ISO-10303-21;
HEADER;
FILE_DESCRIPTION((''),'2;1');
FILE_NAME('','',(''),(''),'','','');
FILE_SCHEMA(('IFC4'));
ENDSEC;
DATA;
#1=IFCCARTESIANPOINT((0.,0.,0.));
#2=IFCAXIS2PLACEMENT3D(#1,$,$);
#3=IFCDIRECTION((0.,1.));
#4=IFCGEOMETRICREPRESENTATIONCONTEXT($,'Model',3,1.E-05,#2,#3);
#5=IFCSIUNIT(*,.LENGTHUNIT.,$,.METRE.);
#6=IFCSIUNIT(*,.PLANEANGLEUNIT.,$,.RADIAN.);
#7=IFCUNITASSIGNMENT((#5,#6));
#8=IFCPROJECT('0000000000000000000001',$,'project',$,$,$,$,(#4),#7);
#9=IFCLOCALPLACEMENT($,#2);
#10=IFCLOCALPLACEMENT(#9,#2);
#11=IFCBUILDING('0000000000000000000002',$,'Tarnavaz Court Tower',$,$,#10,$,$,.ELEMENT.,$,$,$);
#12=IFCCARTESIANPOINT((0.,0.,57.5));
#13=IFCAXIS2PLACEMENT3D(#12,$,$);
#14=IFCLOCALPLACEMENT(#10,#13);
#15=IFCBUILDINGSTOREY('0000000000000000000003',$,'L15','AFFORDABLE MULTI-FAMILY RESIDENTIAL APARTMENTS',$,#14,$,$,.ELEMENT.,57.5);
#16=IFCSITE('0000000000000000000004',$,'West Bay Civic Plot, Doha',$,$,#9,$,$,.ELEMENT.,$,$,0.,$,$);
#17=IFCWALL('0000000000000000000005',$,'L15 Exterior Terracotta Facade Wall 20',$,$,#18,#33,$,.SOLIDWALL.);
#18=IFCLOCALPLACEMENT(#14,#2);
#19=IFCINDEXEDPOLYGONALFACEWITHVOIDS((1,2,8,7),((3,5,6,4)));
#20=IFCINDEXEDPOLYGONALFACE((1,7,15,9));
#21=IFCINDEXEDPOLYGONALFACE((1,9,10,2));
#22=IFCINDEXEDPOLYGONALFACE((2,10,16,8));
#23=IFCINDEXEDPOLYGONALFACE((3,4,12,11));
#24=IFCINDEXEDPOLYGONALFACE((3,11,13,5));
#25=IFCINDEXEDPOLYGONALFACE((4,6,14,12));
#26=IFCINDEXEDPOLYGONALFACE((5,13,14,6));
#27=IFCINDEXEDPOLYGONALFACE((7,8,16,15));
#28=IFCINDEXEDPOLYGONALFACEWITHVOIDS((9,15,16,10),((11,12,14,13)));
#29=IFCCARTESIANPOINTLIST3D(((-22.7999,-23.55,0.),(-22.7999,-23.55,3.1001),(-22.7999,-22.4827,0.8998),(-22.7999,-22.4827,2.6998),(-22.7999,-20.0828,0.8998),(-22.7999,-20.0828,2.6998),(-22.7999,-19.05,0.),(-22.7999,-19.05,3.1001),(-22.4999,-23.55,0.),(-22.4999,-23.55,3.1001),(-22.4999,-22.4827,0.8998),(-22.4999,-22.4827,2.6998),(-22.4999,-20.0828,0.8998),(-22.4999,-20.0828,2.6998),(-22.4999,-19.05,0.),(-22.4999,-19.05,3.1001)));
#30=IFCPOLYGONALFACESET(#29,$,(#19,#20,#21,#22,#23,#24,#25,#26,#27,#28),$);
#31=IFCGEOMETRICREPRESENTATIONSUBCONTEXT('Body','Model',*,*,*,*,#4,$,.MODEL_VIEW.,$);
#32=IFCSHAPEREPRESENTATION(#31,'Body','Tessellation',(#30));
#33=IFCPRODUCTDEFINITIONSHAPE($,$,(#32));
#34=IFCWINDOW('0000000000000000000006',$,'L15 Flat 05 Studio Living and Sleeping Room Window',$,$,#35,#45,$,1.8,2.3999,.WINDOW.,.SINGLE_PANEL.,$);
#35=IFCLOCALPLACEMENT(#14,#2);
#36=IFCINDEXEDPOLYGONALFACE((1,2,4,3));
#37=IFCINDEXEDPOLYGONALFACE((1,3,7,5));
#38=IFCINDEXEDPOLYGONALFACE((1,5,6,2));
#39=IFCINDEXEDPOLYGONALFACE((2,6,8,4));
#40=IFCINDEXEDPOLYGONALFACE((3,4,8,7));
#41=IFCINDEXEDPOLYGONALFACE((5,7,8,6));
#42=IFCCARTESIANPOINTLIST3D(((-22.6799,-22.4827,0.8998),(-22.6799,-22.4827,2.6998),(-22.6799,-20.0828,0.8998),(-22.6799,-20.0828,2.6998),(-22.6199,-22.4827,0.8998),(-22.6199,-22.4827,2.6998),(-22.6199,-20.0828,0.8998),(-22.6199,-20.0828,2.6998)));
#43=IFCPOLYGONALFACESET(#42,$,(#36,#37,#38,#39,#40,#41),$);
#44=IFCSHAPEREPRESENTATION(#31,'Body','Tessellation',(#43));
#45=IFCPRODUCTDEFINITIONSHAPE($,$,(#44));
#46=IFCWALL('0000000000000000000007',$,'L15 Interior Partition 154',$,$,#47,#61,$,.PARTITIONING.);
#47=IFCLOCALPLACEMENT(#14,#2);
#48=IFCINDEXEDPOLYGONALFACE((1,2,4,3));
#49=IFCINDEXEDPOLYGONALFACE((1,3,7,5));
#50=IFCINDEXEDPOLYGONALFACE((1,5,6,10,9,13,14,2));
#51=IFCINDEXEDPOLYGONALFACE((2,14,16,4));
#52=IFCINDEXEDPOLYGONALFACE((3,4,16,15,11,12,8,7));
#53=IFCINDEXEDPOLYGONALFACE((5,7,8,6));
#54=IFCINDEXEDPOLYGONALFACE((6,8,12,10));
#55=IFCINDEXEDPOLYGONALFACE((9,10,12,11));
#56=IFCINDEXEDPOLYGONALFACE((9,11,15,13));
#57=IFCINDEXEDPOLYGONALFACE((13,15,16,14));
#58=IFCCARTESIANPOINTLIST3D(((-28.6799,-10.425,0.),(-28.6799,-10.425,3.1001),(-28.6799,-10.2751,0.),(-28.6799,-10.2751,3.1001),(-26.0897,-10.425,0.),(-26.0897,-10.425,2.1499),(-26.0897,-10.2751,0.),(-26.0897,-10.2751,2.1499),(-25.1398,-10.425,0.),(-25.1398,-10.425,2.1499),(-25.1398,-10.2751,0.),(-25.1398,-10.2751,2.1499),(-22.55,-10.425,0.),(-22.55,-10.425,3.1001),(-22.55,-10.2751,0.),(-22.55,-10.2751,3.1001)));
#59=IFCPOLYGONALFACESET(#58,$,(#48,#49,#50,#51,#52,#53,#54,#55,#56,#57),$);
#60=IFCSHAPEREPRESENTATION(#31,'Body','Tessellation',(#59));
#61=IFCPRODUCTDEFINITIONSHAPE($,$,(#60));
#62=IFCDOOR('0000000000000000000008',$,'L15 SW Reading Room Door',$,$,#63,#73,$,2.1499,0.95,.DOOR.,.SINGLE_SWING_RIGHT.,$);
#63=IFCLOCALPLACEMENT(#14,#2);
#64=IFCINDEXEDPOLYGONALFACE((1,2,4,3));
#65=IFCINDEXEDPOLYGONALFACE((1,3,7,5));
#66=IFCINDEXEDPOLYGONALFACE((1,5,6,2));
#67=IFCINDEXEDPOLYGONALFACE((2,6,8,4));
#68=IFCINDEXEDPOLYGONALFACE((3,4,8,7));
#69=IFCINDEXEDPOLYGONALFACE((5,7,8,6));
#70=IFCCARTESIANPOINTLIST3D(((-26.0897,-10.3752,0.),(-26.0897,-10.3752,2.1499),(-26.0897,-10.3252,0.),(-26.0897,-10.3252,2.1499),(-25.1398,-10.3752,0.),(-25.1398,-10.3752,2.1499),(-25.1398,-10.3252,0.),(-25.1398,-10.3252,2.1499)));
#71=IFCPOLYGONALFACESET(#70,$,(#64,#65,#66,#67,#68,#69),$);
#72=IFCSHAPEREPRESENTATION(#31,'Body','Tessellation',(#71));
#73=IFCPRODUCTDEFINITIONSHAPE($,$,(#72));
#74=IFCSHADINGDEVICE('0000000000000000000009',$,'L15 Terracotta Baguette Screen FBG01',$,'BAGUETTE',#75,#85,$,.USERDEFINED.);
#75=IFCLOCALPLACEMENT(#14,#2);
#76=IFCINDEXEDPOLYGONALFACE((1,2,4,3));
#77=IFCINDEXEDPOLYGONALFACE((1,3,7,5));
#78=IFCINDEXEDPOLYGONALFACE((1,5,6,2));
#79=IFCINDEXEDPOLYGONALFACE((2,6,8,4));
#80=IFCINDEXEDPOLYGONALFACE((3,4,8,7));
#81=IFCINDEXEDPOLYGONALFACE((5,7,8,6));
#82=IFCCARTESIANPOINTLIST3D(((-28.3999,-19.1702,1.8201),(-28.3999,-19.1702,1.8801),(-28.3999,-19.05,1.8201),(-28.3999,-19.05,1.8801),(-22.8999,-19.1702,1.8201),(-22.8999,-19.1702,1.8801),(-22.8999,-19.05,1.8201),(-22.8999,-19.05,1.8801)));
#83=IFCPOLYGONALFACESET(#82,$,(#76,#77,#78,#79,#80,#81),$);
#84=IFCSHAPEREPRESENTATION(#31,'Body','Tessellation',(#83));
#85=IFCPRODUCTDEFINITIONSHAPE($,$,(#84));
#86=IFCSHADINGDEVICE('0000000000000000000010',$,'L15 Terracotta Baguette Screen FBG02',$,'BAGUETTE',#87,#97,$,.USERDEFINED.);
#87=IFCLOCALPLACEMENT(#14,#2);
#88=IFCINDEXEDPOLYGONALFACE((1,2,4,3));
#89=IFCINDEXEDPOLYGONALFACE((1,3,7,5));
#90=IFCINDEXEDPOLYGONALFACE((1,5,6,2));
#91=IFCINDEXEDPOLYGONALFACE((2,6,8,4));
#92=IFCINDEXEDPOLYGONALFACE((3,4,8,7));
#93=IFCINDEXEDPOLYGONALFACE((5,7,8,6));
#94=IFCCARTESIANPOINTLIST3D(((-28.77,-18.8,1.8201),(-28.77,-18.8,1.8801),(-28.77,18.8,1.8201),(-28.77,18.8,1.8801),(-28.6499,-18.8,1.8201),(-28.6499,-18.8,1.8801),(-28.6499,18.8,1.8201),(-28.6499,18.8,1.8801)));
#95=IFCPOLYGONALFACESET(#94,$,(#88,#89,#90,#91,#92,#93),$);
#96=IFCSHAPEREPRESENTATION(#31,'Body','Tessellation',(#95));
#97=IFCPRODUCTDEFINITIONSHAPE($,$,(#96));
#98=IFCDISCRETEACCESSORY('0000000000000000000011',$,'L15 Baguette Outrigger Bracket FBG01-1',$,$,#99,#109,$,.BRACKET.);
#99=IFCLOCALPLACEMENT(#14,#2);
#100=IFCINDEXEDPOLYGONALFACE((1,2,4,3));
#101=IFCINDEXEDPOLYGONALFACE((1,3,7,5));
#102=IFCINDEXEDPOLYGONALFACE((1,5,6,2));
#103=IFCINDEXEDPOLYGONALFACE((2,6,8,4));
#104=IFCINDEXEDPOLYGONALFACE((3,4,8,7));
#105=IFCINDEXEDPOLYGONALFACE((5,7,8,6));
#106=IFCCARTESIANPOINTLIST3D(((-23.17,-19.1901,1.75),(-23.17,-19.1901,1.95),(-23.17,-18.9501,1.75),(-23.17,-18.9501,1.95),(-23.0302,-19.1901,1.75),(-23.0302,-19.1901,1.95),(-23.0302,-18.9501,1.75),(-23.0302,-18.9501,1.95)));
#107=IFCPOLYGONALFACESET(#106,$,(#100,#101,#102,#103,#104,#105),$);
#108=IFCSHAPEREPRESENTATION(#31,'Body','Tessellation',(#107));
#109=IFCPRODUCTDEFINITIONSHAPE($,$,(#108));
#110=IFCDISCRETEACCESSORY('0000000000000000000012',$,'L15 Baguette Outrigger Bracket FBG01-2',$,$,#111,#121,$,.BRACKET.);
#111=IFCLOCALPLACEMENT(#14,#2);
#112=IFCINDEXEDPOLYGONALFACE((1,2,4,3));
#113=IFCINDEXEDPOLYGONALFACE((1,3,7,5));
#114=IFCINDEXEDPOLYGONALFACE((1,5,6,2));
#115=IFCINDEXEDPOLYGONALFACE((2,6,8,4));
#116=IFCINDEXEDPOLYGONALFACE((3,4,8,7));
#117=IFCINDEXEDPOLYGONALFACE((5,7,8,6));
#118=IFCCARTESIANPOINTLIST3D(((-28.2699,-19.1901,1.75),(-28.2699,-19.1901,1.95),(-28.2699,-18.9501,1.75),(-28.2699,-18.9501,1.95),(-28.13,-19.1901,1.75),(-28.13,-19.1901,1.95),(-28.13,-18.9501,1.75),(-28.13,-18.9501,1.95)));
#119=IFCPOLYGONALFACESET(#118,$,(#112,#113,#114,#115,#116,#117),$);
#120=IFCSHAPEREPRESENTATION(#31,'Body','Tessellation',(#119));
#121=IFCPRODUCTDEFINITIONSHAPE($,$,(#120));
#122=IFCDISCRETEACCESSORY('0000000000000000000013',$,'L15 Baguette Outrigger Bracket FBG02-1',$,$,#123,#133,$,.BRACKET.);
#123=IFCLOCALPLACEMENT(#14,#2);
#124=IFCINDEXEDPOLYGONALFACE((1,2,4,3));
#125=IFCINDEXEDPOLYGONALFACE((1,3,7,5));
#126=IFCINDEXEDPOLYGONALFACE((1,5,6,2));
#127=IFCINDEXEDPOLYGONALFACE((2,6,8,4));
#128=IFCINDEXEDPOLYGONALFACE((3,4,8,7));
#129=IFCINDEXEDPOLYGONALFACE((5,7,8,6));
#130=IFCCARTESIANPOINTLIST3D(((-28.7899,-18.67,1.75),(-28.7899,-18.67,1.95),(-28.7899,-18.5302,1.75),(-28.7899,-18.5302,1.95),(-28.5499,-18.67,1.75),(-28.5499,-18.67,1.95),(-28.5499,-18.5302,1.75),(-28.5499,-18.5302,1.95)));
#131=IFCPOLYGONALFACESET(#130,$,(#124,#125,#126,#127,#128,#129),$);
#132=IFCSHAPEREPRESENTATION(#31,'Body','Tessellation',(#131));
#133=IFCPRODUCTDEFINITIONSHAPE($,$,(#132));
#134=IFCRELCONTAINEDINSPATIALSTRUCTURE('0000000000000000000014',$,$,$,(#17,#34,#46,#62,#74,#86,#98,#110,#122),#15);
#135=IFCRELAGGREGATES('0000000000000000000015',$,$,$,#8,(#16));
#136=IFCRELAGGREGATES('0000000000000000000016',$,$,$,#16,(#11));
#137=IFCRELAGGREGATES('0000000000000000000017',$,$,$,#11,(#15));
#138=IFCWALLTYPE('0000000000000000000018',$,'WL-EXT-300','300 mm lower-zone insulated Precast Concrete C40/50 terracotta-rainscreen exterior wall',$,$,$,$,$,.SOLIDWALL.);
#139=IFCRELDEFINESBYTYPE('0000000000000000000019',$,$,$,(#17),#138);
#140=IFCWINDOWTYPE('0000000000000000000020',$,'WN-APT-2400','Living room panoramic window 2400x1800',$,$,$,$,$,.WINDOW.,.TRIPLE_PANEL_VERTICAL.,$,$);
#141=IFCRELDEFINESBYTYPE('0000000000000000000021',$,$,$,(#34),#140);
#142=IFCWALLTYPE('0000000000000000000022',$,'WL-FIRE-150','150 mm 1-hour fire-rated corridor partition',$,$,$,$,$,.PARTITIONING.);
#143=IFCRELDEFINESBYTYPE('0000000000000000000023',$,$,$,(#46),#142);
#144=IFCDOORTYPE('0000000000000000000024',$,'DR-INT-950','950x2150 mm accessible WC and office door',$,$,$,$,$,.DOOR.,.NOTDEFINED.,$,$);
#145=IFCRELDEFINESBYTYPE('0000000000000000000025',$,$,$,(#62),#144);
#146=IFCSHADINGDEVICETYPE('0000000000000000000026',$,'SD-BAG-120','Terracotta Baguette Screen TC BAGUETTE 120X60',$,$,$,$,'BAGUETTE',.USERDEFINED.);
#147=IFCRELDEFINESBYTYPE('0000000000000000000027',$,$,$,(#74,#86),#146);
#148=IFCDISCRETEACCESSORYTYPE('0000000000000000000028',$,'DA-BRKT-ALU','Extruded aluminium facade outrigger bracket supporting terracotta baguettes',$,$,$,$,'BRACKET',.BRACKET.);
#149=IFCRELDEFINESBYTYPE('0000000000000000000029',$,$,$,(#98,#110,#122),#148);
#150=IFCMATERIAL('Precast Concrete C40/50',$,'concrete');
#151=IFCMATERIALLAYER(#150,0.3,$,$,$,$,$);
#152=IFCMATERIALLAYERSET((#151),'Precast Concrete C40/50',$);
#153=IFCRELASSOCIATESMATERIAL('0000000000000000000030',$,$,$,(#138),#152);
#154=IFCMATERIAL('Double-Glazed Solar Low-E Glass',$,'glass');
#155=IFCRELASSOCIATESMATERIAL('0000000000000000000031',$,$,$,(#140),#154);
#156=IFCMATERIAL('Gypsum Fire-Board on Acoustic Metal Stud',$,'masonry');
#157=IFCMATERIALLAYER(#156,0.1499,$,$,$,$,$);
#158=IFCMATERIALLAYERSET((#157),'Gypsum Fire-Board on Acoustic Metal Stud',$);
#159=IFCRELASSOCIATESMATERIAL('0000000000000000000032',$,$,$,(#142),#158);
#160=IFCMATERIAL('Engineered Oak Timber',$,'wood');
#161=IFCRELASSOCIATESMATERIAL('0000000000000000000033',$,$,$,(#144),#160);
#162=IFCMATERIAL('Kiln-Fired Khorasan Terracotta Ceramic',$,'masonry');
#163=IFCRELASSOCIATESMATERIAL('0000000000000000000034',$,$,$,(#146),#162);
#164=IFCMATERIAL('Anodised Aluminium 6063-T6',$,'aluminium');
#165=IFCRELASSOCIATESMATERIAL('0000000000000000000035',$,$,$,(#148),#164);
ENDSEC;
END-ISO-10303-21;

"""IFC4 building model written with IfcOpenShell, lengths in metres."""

from ifc_helpers import new_model, si_unit, direction, frame, frame_2d, origin, origin_2d, place, context, subcontext, project, spatial, rectangle, extrude, material, layer, layer_set, material_profile, profile_set, type_object, element, fill, save


model = new_model("IFC4")

# Units and contexts
model_context = context("Model", 3, precision=1e-05, world=origin(), true_north=direction((0.0, 1.0)))
body_context = subcontext(model_context, "Body", "Model", "MODEL_VIEW")
ifc_project = project(units=[si_unit("LENGTHUNIT", "METRE"), si_unit("PLANEANGLEUNIT", "RADIAN")], contexts=[model_context])

# Site, building, storey
site_placement = place(None, origin())
site = spatial("IfcSite", under=ifc_project, at=site_placement, Name="West Bay Civic Plot, Doha", CompositionType="ELEMENT", RefElevation=0.0)
building_placement = place(site_placement, origin())
building = spatial("IfcBuilding", under=site, at=building_placement, Name="Tarnavaz Court Tower", CompositionType="ELEMENT")
storey_placement = place(building_placement, frame((0.0, 0.0, 57.5)))
storey = spatial("IfcBuildingStorey", under=building, at=storey_placement, Name="L15", Description="AFFORDABLE MULTI-FAMILY RESIDENTIAL APARTMENTS", CompositionType="ELEMENT", Elevation=57.5)

# Shared definitions
ifc_material_1 = material(Name="Precast Concrete C40/50", Category="concrete")
ifc_layer_1 = layer(ifc_material_1, 0.3)
ifc_layer_set_1 = layer_set([ifc_layer_1], Name="Precast Concrete C40/50")
wall_type_1 = type_object("IfcWallType", Name="WL-EXT-300", Description="300 mm lower-zone insulated Precast Concrete C40/50 terracotta-rainscreen exterior wall", PredefinedType="SOLIDWALL", material=ifc_layer_set_1)
ifc_material_2 = material(Name="Double-Glazed Solar Low-E Glass", Category="glass")
window_type_1 = type_object("IfcWindowType", Name="WN-APT-2400", Description="Living room panoramic window 2400x1800", PartitioningType="TRIPLE_PANEL_VERTICAL", PredefinedType="WINDOW", material=ifc_material_2)

# Wall, opening, window
wall_1_placement = place(storey_placement, frame((-22.6499, -23.55, 0.0), z_axis=(0.0, 0.0, 1.0), x_axis=(0.0, 1.0, 0.0)))
wall_1 = element("IfcWall", 1, at=wall_1_placement, inside=storey, type_object=wall_type_1, Name="L15 Exterior Terracotta Facade Wall 20", PredefinedType="SOLIDWALL", context=body_context, shape_type="SweptSolid", body=[
    extrude(rectangle(XDim=4.5, YDim=0.3, at=frame_2d((2.25, 0.0))), origin(), (0.0, 0.0, 1.0), 3.1001),
])
opening_1_placement = place(wall_1_placement, frame((1.0674, 0.0, 0.8999)))
opening_1 = element("IfcOpeningElement", 2, at=opening_1_placement, cuts=wall_1, PredefinedType="OPENING", context=body_context, shape_type="SweptSolid", body=[
    extrude(rectangle(XDim=2.3999, YDim=1.8, at=frame_2d((1.2, 0.8999))), frame((0.0, 0.1599, 0.0), z_axis=(0.0, -1.0, 0.0), x_axis=(1.0, 0.0, 0.0)), (0.0, 0.0, 1.0), 0.3201),
])
window_1_placement = place(opening_1_placement, origin())
window_1 = element("IfcWindow", 3, at=window_1_placement, inside=storey, type_object=window_type_1, Name="L15 Flat 05 Studio Living and Sleeping Room Window", OverallHeight=1.8, OverallWidth=2.3999, PartitioningType="SINGLE_PANEL", PredefinedType="WINDOW", context=body_context, shape_type="SweptSolid", body=[
    extrude(rectangle(XDim=2.3999, YDim=1.8, at=frame_2d((1.2, 0.8999))), frame((0.0, 0.03, 0.0), z_axis=(0.0, -1.0, 0.0), x_axis=(1.0, 0.0, 0.0)), (0.0, 0.0, 1.0), 0.0601),
])
fill(opening_1, window_1)

# Wall, opening, door
ifc_material_3 = material(Name="Gypsum Fire-Board on Acoustic Metal Stud", Category="masonry")
ifc_layer_2 = layer(ifc_material_3, 0.1499)
ifc_layer_set_2 = layer_set([ifc_layer_2], Name="Gypsum Fire-Board on Acoustic Metal Stud")
wall_type_2 = type_object("IfcWallType", Name="WL-FIRE-150", Description="150 mm 1-hour fire-rated corridor partition", PredefinedType="PARTITIONING", material=ifc_layer_set_2)
wall_2_placement = place(storey_placement, frame((-28.6799, -10.3501, 0.0), z_axis=(0.0, 0.0, 1.0), x_axis=(1.0, 0.0, 0.0)))
wall_2 = element("IfcWall", 4, at=wall_2_placement, inside=storey, type_object=wall_type_2, Name="L15 Interior Partition 154", PredefinedType="PARTITIONING", context=body_context, shape_type="SweptSolid", body=[
    extrude(rectangle(XDim=6.1299, YDim=0.1499, at=frame_2d((3.0649, 0.0))), origin(), (0.0, 0.0, 1.0), 3.1001),
])
opening_2_placement = place(wall_2_placement, frame((2.5901, 0.0, 0.0)))
opening_2 = element("IfcOpeningElement", 5, at=opening_2_placement, cuts=wall_2, PredefinedType="OPENING", context=body_context, shape_type="SweptSolid", body=[
    extrude(rectangle(XDim=0.95, YDim=2.1499, at=frame_2d((0.4751, 1.075))), frame((0.0, 0.085, 0.0), z_axis=(0.0, -1.0, 0.0), x_axis=(1.0, 0.0, 0.0)), (0.0, 0.0, 1.0), 0.1699),
])
ifc_material_4 = material(Name="Engineered Oak Timber", Category="wood")
door_type = type_object("IfcDoorType", Name="DR-INT-950", Description="950x2150 mm accessible WC and office door", OperationType="NOTDEFINED", PredefinedType="DOOR", material=ifc_material_4)
door_placement = place(opening_2_placement, origin())
door = element("IfcDoor", 6, at=door_placement, inside=storey, type_object=door_type, Name="L15 SW Reading Room Door", OperationType="SINGLE_SWING_RIGHT", OverallHeight=2.1499, OverallWidth=0.95, PredefinedType="DOOR", context=body_context, shape_type="SweptSolid", body=[
    extrude(rectangle(XDim=0.95, YDim=2.1499, at=frame_2d((0.4751, 1.075))), frame((0.0, 0.0249, 0.0), z_axis=(0.0, -1.0, 0.0), x_axis=(1.0, 0.0, 0.0)), (0.0, 0.0, 1.0), 0.05),
])
fill(opening_2, door)

# Shading devices
ifc_material_5 = material(Name="Kiln-Fired Khorasan Terracotta Ceramic", Category="masonry")
ifc_material_profile_1 = material_profile(ifc_material_5, rectangle(XDim=0.1201, YDim=0.0601, at=origin_2d()), Name="TC BAGUETTE 120X60")
ifc_profile_set_1 = profile_set([ifc_material_profile_1], Name="Kiln-Fired Khorasan Terracotta Ceramic")
shading_device_type = type_object("IfcShadingDeviceType", Name="SD-BAG-120", Description="Terracotta Baguette Screen TC BAGUETTE 120X60", ElementType="BAGUETTE", PredefinedType="USERDEFINED", material=ifc_profile_set_1)
shading_device_1_placement = place(storey_placement, frame((-22.8999, -19.1101, 1.8501), z_axis=(-1.0, 0.0, 0.0), x_axis=(0.0, -1.0, 0.0)))
element("IfcShadingDevice", 7, at=shading_device_1_placement, inside=storey, type_object=shading_device_type, Name="L15 Terracotta Baguette Screen FBG01", ObjectType="BAGUETTE", PredefinedType="USERDEFINED", context=body_context, shape_type="SweptSolid", body=[
    extrude(rectangle(XDim=0.1201, YDim=0.0601, at=origin_2d()), origin(), (0.0, 0.0, 1.0), 5.5),
])
shading_device_2_placement = place(storey_placement, frame((-28.71, -18.8, 1.8501), z_axis=(0.0, 1.0, 0.0), x_axis=(-1.0, 0.0, 0.0)))
element("IfcShadingDevice", 8, at=shading_device_2_placement, inside=storey, type_object=shading_device_type, Name="L15 Terracotta Baguette Screen FBG02", ObjectType="BAGUETTE", PredefinedType="USERDEFINED", context=body_context, shape_type="SweptSolid", body=[
    extrude(rectangle(XDim=0.1201, YDim=0.0601, at=origin_2d()), origin(), (0.0, 0.0, 1.0), 37.6001),
])

# Discrete accessories
ifc_material_6 = material(Name="Anodised Aluminium 6063-T6", Category="aluminium")
discrete_accessory_type = type_object("IfcDiscreteAccessoryType", Name="DA-BRKT-ALU", Description="Extruded aluminium facade outrigger bracket supporting terracotta baguettes", ElementType="BRACKET", PredefinedType="BRACKET", material=ifc_material_6)
for number, where, z_axis, x_axis, name in (
    (9, (-23.1001, -19.0701, 1.75), (0.0, 0.0, 1.0), (-1.0, 0.0, 0.0), "L15 Baguette Outrigger Bracket FBG01-1"),
    (10, (-28.2, -19.0701, 1.75), (0.0, 0.0, 1.0), (-1.0, 0.0, 0.0), "L15 Baguette Outrigger Bracket FBG01-2"),
    (11, (-28.6699, -18.6001, 1.75), (0.0, 0.0, 1.0), (0.0, 1.0, 0.0), "L15 Baguette Outrigger Bracket FBG02-1"),
):
    element("IfcDiscreteAccessory", number, at=place(storey_placement, frame(where, z_axis=z_axis, x_axis=x_axis)), inside=storey, type_object=discrete_accessory_type, Name=name, PredefinedType="BRACKET", context=body_context, shape_type="SweptSolid", body=[
        extrude(rectangle(XDim=0.1399, YDim=0.24, at=origin_2d()), origin(), (0.0, 0.0, 1.0), 0.2),
    ])

save(model, "model.ifc")
